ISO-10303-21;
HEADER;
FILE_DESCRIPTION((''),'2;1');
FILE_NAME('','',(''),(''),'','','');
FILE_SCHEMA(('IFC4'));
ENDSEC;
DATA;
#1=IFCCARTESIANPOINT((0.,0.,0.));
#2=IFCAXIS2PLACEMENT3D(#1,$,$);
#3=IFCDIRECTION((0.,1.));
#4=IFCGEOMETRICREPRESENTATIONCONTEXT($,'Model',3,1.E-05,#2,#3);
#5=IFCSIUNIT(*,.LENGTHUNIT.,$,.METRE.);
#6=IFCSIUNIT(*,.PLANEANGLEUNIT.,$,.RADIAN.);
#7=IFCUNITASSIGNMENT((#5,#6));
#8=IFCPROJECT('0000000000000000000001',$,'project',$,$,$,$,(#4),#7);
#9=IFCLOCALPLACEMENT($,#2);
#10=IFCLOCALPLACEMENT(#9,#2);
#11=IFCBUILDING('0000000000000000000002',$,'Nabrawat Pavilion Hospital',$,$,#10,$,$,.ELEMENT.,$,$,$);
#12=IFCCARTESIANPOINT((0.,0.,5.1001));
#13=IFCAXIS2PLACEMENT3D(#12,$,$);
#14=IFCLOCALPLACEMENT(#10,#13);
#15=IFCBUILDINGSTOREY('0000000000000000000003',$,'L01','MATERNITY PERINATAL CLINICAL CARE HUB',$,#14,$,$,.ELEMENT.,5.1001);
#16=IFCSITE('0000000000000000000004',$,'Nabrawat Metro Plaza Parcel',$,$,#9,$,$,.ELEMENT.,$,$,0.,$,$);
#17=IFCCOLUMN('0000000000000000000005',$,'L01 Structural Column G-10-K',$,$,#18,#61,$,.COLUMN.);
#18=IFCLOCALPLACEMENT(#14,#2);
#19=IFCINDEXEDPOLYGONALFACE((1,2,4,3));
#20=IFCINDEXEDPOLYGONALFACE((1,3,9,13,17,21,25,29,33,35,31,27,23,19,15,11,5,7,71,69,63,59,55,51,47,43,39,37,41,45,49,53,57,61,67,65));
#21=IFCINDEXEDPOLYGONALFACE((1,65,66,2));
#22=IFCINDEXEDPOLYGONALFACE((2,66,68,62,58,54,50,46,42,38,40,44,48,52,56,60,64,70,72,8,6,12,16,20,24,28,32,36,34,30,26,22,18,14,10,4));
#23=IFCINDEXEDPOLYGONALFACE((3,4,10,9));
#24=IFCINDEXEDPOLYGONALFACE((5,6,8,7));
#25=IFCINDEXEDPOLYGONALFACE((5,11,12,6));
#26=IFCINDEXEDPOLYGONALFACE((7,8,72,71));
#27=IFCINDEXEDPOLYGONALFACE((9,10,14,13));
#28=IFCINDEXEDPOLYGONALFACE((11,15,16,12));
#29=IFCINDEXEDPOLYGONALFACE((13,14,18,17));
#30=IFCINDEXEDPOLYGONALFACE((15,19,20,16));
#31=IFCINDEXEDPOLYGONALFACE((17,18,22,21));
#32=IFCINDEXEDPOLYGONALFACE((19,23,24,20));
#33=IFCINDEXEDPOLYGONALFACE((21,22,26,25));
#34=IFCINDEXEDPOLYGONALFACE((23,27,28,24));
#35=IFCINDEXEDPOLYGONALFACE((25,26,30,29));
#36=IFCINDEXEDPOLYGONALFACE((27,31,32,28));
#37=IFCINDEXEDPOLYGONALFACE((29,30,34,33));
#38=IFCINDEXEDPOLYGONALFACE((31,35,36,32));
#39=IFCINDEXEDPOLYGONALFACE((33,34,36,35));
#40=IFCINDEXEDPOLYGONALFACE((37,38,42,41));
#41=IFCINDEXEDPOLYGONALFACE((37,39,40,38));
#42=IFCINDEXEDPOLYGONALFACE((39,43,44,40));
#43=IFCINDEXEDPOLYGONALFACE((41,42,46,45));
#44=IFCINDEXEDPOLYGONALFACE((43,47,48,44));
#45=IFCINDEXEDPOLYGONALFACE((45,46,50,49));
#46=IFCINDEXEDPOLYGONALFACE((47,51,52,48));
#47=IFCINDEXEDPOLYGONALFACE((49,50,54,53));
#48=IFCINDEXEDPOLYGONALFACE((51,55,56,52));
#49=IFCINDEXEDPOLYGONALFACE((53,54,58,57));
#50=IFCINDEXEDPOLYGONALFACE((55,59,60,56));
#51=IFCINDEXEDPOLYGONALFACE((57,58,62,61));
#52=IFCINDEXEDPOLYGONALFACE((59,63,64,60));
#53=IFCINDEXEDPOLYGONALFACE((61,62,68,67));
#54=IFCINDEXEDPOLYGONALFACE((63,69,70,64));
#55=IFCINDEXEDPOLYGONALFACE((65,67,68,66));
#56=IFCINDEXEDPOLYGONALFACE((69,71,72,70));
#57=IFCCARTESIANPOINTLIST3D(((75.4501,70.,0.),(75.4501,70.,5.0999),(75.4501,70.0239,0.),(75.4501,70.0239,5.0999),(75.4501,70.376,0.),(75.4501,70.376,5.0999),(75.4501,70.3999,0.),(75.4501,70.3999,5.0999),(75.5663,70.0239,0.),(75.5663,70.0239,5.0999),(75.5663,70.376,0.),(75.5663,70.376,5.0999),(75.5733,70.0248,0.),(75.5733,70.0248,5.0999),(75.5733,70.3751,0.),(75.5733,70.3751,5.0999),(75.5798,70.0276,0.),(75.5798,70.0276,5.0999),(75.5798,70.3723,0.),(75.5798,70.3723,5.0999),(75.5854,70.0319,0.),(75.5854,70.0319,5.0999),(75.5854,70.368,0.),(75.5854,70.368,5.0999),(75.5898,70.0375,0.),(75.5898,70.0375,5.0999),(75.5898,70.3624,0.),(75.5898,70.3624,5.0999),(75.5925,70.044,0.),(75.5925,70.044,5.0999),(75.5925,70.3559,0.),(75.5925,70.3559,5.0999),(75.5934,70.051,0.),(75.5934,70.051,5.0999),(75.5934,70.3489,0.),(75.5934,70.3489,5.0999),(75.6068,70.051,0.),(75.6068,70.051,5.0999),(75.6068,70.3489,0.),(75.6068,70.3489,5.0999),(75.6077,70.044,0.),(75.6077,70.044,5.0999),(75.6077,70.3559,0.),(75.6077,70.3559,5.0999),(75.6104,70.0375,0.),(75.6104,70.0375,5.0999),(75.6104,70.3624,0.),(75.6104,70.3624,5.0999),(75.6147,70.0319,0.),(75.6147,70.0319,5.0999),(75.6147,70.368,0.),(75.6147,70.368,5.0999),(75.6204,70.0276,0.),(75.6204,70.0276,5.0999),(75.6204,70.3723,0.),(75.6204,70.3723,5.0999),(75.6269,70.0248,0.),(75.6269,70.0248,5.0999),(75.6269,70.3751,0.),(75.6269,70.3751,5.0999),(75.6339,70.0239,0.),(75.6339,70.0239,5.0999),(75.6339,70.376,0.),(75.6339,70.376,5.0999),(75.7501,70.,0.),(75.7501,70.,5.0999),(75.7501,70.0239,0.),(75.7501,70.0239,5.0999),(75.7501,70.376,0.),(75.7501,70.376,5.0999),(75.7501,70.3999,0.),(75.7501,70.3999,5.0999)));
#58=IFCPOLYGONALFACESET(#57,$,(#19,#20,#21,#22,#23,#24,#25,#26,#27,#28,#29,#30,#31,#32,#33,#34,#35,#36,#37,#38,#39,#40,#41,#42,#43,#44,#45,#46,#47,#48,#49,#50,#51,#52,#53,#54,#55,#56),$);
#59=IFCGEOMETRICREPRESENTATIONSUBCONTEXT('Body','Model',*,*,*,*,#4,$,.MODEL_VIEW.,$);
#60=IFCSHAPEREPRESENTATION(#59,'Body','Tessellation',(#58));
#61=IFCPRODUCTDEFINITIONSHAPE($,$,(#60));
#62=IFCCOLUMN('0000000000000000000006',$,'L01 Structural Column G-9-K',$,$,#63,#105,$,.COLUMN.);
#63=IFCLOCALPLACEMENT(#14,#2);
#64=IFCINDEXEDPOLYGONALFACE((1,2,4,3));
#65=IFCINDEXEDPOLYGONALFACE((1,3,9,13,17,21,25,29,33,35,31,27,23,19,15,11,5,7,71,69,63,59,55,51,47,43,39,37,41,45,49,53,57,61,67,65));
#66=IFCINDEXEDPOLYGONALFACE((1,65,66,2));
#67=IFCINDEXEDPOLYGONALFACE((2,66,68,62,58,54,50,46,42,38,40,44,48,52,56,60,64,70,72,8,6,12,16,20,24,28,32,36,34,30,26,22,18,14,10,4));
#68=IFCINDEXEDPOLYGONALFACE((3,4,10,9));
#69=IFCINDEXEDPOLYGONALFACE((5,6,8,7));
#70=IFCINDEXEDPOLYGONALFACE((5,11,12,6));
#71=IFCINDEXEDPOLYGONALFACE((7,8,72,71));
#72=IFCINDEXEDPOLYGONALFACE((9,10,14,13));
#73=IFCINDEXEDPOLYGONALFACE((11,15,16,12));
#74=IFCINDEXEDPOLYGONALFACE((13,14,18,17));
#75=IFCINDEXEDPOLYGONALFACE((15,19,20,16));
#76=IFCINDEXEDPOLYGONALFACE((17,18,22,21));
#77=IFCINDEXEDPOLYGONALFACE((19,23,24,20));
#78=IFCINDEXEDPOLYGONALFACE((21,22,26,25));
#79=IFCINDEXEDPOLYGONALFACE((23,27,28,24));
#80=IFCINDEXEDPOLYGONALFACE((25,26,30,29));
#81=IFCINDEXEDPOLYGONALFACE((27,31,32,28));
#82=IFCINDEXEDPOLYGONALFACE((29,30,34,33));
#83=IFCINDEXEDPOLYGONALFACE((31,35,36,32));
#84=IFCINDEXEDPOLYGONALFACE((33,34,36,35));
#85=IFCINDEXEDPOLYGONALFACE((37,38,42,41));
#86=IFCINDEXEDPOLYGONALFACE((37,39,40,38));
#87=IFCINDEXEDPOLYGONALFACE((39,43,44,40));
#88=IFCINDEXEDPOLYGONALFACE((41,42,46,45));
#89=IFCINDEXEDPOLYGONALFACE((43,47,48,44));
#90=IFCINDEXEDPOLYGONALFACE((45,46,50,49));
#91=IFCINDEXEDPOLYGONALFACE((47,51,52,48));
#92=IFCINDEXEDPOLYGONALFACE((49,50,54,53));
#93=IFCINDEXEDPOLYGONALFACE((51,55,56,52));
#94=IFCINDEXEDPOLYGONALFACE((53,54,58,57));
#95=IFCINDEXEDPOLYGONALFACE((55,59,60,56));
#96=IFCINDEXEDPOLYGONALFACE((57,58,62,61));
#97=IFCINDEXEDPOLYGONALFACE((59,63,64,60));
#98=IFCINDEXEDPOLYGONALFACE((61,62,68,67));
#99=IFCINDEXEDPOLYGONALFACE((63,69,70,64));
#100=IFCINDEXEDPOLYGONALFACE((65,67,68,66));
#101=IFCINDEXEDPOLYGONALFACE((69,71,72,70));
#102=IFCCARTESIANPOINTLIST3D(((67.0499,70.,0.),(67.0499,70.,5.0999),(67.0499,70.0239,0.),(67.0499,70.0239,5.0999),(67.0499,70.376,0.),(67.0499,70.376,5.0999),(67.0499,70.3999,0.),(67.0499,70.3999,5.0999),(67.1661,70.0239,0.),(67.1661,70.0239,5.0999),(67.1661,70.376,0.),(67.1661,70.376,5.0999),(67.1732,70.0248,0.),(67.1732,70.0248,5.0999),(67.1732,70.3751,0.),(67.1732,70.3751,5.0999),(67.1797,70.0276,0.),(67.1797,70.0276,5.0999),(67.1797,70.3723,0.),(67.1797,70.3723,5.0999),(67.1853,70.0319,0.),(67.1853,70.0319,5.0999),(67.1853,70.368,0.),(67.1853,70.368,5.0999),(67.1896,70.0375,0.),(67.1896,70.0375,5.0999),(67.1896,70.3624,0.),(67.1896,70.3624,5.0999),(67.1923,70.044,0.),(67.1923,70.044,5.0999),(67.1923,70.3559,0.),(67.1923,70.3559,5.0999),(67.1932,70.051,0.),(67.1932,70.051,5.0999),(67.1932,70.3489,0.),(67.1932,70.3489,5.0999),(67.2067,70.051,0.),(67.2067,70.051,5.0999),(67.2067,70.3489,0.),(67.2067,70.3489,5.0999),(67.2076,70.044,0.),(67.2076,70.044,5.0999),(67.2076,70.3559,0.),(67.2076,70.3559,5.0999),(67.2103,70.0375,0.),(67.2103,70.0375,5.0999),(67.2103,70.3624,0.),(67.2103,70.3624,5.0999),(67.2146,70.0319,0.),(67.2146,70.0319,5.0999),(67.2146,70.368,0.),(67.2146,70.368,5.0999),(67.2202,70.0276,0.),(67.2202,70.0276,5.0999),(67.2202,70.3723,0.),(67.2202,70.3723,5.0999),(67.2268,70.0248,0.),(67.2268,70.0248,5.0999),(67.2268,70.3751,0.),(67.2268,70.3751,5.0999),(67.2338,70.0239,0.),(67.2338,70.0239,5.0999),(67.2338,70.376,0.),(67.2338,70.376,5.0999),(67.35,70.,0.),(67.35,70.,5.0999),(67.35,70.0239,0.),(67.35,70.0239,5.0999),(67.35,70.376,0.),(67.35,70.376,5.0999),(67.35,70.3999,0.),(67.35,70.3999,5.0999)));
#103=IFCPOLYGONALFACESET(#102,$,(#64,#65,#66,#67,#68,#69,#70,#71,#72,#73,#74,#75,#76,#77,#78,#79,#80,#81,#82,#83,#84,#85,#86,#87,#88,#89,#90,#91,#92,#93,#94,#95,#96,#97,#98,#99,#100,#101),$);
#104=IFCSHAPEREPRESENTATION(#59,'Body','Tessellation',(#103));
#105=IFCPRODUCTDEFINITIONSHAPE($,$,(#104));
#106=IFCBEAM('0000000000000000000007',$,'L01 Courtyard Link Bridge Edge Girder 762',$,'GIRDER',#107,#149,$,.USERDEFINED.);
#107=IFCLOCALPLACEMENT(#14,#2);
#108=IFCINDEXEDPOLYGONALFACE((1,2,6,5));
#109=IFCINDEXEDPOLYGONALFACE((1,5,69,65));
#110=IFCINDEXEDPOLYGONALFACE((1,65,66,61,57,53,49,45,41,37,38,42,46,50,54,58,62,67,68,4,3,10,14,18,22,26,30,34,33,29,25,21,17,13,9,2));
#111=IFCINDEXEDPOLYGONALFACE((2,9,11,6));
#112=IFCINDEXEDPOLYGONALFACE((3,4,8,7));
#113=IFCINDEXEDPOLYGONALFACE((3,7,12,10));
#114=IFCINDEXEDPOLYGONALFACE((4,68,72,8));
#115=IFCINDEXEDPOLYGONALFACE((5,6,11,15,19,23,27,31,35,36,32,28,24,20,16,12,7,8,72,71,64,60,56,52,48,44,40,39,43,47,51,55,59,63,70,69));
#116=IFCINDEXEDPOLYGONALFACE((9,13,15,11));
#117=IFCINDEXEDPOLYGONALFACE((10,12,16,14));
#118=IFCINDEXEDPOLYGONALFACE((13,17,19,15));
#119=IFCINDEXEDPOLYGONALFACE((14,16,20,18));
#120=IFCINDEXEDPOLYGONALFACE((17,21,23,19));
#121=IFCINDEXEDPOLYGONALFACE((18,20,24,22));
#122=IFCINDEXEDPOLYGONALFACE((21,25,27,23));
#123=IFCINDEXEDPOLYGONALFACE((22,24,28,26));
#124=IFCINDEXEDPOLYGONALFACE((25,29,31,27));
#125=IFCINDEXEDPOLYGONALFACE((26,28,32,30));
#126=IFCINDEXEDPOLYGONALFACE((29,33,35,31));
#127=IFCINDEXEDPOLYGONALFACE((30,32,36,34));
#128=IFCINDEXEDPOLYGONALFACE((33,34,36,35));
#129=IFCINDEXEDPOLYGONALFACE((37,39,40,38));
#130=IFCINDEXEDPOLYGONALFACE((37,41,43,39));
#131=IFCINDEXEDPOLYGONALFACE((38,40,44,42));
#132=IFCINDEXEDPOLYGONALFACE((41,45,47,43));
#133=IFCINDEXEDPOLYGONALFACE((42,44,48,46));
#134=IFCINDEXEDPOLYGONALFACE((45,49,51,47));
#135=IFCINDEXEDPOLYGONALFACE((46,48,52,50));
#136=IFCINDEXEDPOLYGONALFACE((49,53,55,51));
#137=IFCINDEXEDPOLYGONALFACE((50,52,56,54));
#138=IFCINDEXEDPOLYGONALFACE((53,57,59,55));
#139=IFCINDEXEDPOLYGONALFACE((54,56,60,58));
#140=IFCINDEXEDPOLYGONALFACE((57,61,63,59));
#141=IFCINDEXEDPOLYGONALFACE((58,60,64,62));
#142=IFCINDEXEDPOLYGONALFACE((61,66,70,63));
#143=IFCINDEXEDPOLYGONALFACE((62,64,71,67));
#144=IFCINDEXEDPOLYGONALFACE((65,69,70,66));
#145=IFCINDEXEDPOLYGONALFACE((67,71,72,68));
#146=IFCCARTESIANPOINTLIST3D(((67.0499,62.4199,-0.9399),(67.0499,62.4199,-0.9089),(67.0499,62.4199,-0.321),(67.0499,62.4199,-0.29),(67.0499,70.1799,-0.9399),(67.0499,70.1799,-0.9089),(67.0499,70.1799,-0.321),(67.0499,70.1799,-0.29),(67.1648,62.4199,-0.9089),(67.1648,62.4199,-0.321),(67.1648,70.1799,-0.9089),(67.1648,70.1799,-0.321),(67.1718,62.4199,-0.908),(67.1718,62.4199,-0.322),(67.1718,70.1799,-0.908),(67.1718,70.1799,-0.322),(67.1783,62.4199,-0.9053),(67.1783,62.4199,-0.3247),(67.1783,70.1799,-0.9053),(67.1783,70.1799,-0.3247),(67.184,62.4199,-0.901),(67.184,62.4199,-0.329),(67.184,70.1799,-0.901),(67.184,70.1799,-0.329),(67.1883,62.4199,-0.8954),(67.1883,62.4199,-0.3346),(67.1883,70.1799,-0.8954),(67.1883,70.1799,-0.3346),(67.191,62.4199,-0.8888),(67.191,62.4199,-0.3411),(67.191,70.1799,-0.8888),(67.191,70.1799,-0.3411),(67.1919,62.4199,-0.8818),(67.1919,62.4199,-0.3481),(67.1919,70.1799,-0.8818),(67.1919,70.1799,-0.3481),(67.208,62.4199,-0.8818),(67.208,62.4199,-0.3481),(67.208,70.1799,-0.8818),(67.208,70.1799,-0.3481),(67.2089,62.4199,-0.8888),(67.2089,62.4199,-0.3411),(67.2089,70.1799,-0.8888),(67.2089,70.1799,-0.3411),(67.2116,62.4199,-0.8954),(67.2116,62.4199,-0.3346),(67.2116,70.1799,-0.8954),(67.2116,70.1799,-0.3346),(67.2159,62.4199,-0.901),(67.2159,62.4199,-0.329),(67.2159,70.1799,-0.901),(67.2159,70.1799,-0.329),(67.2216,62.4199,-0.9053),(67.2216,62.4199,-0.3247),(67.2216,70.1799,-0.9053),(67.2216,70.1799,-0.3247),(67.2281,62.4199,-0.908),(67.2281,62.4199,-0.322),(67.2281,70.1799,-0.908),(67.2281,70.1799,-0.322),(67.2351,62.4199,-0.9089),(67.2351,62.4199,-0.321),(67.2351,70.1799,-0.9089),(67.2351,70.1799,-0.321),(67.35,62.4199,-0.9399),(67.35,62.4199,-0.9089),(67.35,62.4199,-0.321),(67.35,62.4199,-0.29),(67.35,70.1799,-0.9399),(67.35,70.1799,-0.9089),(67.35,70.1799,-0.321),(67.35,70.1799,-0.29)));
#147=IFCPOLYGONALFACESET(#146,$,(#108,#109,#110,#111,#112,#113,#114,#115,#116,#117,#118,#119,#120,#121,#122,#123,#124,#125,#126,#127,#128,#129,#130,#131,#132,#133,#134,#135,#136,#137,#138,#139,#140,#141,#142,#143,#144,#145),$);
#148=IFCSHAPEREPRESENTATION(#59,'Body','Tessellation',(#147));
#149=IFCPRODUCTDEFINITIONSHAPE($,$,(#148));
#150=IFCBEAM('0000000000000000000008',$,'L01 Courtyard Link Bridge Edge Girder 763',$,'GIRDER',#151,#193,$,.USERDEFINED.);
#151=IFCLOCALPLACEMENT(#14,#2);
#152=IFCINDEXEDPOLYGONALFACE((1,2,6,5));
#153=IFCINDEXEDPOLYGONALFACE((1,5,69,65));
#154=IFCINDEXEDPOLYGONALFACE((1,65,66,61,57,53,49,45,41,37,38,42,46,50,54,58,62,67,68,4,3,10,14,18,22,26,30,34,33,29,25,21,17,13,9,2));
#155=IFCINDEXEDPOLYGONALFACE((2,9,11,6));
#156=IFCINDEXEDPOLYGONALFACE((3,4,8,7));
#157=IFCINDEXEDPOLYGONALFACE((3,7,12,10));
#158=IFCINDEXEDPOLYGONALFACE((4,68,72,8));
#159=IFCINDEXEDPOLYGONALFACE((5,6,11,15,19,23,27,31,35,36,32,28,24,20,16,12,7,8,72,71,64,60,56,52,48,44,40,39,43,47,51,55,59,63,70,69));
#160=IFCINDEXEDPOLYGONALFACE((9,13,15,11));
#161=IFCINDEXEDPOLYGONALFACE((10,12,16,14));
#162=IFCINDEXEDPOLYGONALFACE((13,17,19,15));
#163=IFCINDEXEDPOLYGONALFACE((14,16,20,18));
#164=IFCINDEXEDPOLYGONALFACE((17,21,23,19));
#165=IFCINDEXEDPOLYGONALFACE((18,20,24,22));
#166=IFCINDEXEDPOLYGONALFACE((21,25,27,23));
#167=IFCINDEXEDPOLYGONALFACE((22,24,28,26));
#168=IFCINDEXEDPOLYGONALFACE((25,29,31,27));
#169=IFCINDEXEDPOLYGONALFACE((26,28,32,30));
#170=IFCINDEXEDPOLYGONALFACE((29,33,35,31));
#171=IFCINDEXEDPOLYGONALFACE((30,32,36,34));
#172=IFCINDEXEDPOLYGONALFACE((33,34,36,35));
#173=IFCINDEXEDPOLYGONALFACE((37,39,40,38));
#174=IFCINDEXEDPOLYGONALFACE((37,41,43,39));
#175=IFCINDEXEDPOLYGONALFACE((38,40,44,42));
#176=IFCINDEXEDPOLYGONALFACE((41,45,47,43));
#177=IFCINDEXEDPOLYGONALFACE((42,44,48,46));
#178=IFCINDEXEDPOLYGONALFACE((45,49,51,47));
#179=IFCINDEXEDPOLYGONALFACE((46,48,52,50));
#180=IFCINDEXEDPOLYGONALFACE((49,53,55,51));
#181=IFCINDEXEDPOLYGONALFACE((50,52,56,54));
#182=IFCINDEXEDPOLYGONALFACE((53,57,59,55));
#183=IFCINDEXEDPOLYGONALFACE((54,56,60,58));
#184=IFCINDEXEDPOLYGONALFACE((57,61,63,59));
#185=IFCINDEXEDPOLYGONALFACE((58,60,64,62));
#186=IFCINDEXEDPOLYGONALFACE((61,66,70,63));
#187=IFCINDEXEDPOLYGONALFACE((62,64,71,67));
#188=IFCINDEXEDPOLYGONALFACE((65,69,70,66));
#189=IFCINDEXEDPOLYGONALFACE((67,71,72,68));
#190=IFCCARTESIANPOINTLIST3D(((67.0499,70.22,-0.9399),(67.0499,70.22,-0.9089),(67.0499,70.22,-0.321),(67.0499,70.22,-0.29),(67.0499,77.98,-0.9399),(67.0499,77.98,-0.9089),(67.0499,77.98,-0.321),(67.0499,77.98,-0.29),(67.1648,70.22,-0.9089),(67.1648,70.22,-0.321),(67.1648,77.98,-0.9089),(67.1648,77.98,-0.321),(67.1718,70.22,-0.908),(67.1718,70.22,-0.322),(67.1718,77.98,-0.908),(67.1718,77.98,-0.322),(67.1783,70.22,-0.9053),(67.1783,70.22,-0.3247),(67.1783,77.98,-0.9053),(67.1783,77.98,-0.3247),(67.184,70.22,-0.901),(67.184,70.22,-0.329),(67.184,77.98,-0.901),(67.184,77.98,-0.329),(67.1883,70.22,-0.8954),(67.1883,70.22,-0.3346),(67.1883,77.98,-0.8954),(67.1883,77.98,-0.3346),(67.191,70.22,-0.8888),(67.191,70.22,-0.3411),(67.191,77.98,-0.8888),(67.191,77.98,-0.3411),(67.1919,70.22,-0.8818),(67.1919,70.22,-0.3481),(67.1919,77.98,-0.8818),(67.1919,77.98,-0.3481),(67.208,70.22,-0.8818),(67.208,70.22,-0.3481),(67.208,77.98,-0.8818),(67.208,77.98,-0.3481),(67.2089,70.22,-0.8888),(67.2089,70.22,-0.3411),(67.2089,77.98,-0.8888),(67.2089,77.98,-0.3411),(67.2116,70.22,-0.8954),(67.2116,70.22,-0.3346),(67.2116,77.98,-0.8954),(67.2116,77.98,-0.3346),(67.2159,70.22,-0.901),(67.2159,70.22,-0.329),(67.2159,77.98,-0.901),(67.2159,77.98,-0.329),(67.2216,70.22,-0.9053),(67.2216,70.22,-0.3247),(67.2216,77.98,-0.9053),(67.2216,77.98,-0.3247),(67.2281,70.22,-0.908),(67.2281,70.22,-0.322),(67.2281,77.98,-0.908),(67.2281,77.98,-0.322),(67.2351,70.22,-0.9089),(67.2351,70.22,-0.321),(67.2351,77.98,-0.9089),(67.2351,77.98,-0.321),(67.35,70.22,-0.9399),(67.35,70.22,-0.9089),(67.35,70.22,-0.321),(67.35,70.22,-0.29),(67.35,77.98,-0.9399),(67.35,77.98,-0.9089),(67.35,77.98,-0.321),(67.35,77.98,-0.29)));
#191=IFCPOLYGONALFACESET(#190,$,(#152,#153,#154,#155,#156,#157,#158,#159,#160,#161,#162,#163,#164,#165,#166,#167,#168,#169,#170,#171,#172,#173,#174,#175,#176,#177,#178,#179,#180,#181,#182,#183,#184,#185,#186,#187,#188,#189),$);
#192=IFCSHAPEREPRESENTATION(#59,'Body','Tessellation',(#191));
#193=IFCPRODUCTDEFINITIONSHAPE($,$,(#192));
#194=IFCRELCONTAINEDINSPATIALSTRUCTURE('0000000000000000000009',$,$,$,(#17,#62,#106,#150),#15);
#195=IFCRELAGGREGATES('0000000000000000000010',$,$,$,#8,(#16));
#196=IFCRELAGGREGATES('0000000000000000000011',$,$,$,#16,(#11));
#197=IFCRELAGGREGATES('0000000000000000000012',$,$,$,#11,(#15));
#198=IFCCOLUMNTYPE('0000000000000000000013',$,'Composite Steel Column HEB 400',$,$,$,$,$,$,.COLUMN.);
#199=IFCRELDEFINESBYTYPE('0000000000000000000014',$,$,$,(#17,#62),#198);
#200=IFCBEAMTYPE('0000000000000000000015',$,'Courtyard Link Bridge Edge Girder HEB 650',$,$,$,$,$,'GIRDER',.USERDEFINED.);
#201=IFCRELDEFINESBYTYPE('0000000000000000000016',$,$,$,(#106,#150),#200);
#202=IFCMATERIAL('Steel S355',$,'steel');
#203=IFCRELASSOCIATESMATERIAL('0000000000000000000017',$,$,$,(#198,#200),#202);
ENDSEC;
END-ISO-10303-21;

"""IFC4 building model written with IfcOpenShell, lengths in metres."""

from ifc_helpers import new_model, si_unit, direction, frame, origin, origin_2d, place, context, subcontext, project, spatial, i_section, extrude, material, material_profile, profile_set, type_object, element, save


model = new_model("IFC4")

# Units and contexts
model_context = context("Model", 3, precision=1e-05, world=origin(), true_north=direction((0.0, 1.0)))
body_context = subcontext(model_context, "Body", "Model", "MODEL_VIEW")
ifc_project = project(units=[si_unit("LENGTHUNIT", "METRE"), si_unit("PLANEANGLEUNIT", "RADIAN")], contexts=[model_context])

# Site, building, storey
site_placement = place(None, origin())
site = spatial("IfcSite", under=ifc_project, at=site_placement, Name="Nabrawat Metro Plaza Parcel", CompositionType="ELEMENT", RefElevation=0.0)
building_placement = place(site_placement, origin())
building = spatial("IfcBuilding", under=site, at=building_placement, Name="Nabrawat Pavilion Hospital", CompositionType="ELEMENT")
storey_placement = place(building_placement, frame((0.0, 0.0, 5.1001)))
storey = spatial("IfcBuildingStorey", under=building, at=storey_placement, Name="L01", Description="MATERNITY PERINATAL CLINICAL CARE HUB", CompositionType="ELEMENT", Elevation=5.1001)

# Columns
ifc_material_1 = material(Name="Steel S355", Category="steel")
ifc_material_profile_1 = material_profile(ifc_material_1, i_section(OverallWidth=0.3, OverallDepth=0.3999, WebThickness=0.0134, FlangeThickness=0.0239, FilletRadius=0.0271, at=origin_2d()), Name="HEB 400")
ifc_profile_set_1 = profile_set([ifc_material_profile_1], Name="Steel S355")
column_type = type_object("IfcColumnType", Name="Composite Steel Column HEB 400", PredefinedType="COLUMN", material=ifc_profile_set_1)
for number, where, z_axis, x_axis, name in (
    (1, (75.6001, 70.2, 0.0), (0.0, 0.0, 1.0), (1.0, 0.0, 0.0), "L01 Structural Column G-10-K"),
    (2, (67.2, 70.2, 0.0), (0.0, 0.0, 1.0), (1.0, 0.0, 0.0), "L01 Structural Column G-9-K"),
):
    element("IfcColumn", number, at=place(storey_placement, frame(where, z_axis=z_axis, x_axis=x_axis)), inside=storey, type_object=column_type, Name=name, PredefinedType="COLUMN", context=body_context, shape_type="SweptSolid", body=[
        extrude(i_section(OverallWidth=0.3, OverallDepth=0.3999, WebThickness=0.0134, FlangeThickness=0.0239, FilletRadius=0.0271, at=origin_2d()), origin(), (0.0, 0.0, 1.0), 5.0999),
    ])

# Beams
ifc_material_profile_2 = material_profile(ifc_material_1, i_section(OverallWidth=0.3, OverallDepth=0.6499, WebThickness=0.0161, FlangeThickness=0.031, FilletRadius=0.0271, at=origin_2d()), Name="HEB 650")
ifc_profile_set_2 = profile_set([ifc_material_profile_2], Name="Steel S355")
beam_type_1 = type_object("IfcBeamType", Name="Courtyard Link Bridge Edge Girder HEB 650", ElementType="GIRDER", PredefinedType="USERDEFINED", material=ifc_profile_set_2)
for number, where, z_axis, x_axis, name in (
    (3, (67.2, 62.4199, -0.615), (0.0, 1.0, 0.0), (-1.0, 0.0, 0.0), "L01 Courtyard Link Bridge Edge Girder 762"),
    (4, (67.2, 70.22, -0.615), (0.0, 1.0, 0.0), (-1.0, 0.0, 0.0), "L01 Courtyard Link Bridge Edge Girder 763"),
):
    element("IfcBeam", number, at=place(storey_placement, frame(where, z_axis=z_axis, x_axis=x_axis)), inside=storey, type_object=beam_type_1, Name=name, ObjectType="GIRDER", PredefinedType="USERDEFINED", context=body_context, shape_type="SweptSolid", body=[
        extrude(i_section(OverallWidth=0.3, OverallDepth=0.6499, WebThickness=0.0161, FlangeThickness=0.031, FilletRadius=0.0271, at=origin_2d()), origin(), (0.0, 0.0, 1.0), 7.76),
    ])

save(model, "model.ifc")
